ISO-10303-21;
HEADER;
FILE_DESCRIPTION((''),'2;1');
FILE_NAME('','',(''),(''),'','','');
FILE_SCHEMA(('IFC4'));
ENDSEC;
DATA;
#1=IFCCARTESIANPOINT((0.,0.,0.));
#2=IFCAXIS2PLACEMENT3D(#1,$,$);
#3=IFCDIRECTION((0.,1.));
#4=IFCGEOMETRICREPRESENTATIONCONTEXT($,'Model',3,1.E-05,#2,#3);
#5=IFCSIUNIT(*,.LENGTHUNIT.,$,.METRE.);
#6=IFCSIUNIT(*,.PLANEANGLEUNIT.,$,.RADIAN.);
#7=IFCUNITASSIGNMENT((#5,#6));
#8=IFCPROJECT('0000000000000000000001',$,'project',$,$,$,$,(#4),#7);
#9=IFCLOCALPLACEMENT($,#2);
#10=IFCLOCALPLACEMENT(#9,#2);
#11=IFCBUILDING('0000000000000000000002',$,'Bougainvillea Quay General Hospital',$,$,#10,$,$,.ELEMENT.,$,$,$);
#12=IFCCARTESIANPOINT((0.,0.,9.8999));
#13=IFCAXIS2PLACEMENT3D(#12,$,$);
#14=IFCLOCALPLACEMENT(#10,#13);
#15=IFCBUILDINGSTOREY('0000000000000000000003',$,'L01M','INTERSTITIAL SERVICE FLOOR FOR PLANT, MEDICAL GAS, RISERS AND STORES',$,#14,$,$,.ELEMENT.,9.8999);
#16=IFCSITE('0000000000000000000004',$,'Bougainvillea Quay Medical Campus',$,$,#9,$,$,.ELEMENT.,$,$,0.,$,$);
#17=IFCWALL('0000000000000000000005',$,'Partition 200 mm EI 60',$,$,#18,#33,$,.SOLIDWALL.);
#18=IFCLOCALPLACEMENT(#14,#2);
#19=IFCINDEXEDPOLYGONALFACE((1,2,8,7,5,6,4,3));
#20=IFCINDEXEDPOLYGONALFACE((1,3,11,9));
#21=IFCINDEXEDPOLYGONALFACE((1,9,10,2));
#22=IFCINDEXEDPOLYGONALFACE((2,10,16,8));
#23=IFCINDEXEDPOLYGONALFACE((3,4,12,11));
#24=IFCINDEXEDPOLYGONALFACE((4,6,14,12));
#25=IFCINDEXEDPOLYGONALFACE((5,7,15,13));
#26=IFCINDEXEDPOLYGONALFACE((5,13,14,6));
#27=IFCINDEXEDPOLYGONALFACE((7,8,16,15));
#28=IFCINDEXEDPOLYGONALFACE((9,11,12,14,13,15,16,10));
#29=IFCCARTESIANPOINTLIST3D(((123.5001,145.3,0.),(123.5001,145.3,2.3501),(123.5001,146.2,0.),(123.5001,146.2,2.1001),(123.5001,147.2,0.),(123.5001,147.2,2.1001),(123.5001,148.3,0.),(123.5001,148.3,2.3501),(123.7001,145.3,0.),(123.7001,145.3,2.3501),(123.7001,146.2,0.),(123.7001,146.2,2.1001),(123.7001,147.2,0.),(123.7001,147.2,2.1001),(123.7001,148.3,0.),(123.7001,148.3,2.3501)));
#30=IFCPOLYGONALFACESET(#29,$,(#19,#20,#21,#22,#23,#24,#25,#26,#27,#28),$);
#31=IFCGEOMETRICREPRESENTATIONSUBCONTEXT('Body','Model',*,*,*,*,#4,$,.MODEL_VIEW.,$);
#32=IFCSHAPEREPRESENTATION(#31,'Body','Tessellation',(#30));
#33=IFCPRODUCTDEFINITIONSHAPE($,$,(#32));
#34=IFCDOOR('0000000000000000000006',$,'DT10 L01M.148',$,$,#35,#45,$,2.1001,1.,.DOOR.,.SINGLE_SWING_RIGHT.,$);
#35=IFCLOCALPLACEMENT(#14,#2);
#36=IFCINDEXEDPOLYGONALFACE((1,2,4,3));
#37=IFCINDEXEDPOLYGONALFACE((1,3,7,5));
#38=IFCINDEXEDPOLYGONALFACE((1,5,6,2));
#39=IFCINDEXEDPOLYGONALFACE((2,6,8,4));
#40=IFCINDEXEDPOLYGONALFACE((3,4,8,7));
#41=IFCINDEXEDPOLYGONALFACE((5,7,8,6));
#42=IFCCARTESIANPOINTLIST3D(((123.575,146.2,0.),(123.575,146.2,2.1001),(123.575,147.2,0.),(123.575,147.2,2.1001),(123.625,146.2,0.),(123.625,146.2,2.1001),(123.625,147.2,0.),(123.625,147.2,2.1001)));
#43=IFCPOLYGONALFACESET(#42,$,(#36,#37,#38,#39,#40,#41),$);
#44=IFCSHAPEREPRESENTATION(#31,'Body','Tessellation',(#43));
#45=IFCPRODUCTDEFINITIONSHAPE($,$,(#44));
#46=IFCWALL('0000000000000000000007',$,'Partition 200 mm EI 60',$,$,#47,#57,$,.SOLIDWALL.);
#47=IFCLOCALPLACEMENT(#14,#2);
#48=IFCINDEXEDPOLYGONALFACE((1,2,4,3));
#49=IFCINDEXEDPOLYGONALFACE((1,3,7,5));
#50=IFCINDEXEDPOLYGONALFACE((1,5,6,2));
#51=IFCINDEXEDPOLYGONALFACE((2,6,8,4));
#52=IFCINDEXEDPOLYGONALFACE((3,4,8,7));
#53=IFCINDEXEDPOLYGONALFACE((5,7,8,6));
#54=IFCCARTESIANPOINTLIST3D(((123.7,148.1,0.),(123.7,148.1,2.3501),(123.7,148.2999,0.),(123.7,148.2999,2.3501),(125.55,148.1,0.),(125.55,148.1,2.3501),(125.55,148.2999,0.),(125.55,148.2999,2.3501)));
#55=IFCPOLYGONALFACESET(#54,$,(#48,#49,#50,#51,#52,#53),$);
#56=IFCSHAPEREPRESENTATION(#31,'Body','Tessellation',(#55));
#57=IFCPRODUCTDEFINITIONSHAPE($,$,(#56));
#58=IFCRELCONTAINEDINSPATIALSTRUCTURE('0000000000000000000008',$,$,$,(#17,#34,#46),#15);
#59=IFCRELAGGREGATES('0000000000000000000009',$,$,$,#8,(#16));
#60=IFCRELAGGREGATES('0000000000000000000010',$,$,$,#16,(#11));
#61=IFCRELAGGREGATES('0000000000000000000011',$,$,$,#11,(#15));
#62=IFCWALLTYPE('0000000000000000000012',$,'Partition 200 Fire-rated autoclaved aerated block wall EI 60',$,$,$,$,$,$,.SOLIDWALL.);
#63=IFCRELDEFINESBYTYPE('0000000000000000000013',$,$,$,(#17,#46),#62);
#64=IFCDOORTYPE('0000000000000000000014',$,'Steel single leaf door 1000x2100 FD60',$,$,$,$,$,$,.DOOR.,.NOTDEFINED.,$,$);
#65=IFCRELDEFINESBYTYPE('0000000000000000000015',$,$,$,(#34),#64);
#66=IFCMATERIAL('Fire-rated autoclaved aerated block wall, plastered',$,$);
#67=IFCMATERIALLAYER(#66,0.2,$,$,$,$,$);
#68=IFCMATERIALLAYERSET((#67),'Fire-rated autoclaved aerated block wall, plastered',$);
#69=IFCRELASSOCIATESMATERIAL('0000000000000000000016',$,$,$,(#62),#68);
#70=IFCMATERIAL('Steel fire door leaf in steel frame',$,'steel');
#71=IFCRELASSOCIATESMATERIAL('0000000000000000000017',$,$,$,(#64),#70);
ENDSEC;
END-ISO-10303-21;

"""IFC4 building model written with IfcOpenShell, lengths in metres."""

from ifc_helpers import new_model, si_unit, direction, frame, frame_2d, origin, place, context, subcontext, project, spatial, rectangle, extrude, material, layer, layer_set, type_object, element, fill, save


model = new_model("IFC4")

# Units and contexts
model_context = context("Model", 3, precision=1e-05, world=origin(), true_north=direction((0.0, 1.0)))
body_context = subcontext(model_context, "Body", "Model", "MODEL_VIEW")
ifc_project = project(units=[si_unit("LENGTHUNIT", "METRE"), si_unit("PLANEANGLEUNIT", "RADIAN")], contexts=[model_context])

# Site, building, storey
site_placement = place(None, origin())
site = spatial("IfcSite", under=ifc_project, at=site_placement, Name="Bougainvillea Quay Medical Campus", CompositionType="ELEMENT", RefElevation=0.0)
building_placement = place(site_placement, origin())
building = spatial("IfcBuilding", under=site, at=building_placement, Name="Bougainvillea Quay General Hospital", CompositionType="ELEMENT")
storey_placement = place(building_placement, frame((0.0, 0.0, 9.8999)))
storey = spatial("IfcBuildingStorey", under=building, at=storey_placement, Name="L01M", Description="INTERSTITIAL SERVICE FLOOR FOR PLANT, MEDICAL GAS, RISERS AND STORES", CompositionType="ELEMENT", Elevation=9.8999)

# Shared definitions
ifc_material_1 = material(Name="Fire-rated autoclaved aerated block wall, plastered")
ifc_material_2 = material(Name="Steel fire door leaf in steel frame", Category="steel")

# Wall, opening, door
ifc_layer_1 = layer(ifc_material_1, 0.2)
ifc_layer_set_1 = layer_set([ifc_layer_1], Name="Fire-rated autoclaved aerated block wall, plastered")
wall_type_1 = type_object("IfcWallType", Name="Partition 200 Fire-rated autoclaved aerated block wall EI 60", PredefinedType="SOLIDWALL", material=ifc_layer_set_1)
wall_1_placement = place(storey_placement, frame((123.6001, 145.3, 0.0), z_axis=(0.0, 0.0, 1.0), x_axis=(0.0, 1.0, 0.0)))
wall_1 = element("IfcWall", 1, at=wall_1_placement, inside=storey, type_object=wall_type_1, Name="Partition 200 mm EI 60", PredefinedType="SOLIDWALL", context=body_context, shape_type="SweptSolid", body=[
    extrude(rectangle(XDim=3.0, YDim=0.2, at=frame_2d((1.5, 0.0))), origin(), (0.0, 0.0, 1.0), 2.3501),
])
opening_1_placement = place(wall_1_placement, frame((0.8999, 0.0, 0.0)))
opening_1 = element("IfcOpeningElement", 2, at=opening_1_placement, cuts=wall_1, PredefinedType="OPENING", context=body_context, shape_type="SweptSolid", body=[
    extrude(rectangle(XDim=1.0, YDim=2.1001, at=frame_2d((0.5, 1.05))), frame((0.0, 0.1099, 0.0), z_axis=(0.0, -1.0, 0.0), x_axis=(1.0, 0.0, 0.0)), (0.0, 0.0, 1.0), 0.22),
])
door_type_1 = type_object("IfcDoorType", Name="Steel single leaf door 1000x2100 FD60", OperationType="NOTDEFINED", PredefinedType="DOOR", material=ifc_material_2)
door_1_placement = place(opening_1_placement, frame((1.0, 0.0, 0.0), z_axis=(0.0, 0.0, 1.0), x_axis=(-1.0, 0.0, 0.0)))
door_1 = element("IfcDoor", 3, at=door_1_placement, inside=storey, type_object=door_type_1, Name="DT10 L01M.148", OperationType="SINGLE_SWING_RIGHT", OverallHeight=2.1001, OverallWidth=1.0, PredefinedType="DOOR", context=body_context, shape_type="SweptSolid", body=[
    extrude(rectangle(XDim=1.0, YDim=2.1001, at=frame_2d((0.5, 1.05))), frame((0.0, 0.0249, 0.0), z_axis=(0.0, -1.0, 0.0), x_axis=(1.0, 0.0, 0.0)), (0.0, 0.0, 1.0), 0.05),
])
fill(opening_1, door_1)

# Wall
wall_2_placement = place(storey_placement, frame((123.7, 148.2, 0.0), z_axis=(0.0, 0.0, 1.0), x_axis=(1.0, 0.0, 0.0)))
element("IfcWall", 4, at=wall_2_placement, inside=storey, type_object=wall_type_1, Name="Partition 200 mm EI 60", PredefinedType="SOLIDWALL", context=body_context, shape_type="SweptSolid", body=[
    extrude(rectangle(XDim=1.8501, YDim=0.2, at=frame_2d((0.925, 0.0))), origin(), (0.0, 0.0, 1.0), 2.3501),
])

save(model, "model.ifc")
